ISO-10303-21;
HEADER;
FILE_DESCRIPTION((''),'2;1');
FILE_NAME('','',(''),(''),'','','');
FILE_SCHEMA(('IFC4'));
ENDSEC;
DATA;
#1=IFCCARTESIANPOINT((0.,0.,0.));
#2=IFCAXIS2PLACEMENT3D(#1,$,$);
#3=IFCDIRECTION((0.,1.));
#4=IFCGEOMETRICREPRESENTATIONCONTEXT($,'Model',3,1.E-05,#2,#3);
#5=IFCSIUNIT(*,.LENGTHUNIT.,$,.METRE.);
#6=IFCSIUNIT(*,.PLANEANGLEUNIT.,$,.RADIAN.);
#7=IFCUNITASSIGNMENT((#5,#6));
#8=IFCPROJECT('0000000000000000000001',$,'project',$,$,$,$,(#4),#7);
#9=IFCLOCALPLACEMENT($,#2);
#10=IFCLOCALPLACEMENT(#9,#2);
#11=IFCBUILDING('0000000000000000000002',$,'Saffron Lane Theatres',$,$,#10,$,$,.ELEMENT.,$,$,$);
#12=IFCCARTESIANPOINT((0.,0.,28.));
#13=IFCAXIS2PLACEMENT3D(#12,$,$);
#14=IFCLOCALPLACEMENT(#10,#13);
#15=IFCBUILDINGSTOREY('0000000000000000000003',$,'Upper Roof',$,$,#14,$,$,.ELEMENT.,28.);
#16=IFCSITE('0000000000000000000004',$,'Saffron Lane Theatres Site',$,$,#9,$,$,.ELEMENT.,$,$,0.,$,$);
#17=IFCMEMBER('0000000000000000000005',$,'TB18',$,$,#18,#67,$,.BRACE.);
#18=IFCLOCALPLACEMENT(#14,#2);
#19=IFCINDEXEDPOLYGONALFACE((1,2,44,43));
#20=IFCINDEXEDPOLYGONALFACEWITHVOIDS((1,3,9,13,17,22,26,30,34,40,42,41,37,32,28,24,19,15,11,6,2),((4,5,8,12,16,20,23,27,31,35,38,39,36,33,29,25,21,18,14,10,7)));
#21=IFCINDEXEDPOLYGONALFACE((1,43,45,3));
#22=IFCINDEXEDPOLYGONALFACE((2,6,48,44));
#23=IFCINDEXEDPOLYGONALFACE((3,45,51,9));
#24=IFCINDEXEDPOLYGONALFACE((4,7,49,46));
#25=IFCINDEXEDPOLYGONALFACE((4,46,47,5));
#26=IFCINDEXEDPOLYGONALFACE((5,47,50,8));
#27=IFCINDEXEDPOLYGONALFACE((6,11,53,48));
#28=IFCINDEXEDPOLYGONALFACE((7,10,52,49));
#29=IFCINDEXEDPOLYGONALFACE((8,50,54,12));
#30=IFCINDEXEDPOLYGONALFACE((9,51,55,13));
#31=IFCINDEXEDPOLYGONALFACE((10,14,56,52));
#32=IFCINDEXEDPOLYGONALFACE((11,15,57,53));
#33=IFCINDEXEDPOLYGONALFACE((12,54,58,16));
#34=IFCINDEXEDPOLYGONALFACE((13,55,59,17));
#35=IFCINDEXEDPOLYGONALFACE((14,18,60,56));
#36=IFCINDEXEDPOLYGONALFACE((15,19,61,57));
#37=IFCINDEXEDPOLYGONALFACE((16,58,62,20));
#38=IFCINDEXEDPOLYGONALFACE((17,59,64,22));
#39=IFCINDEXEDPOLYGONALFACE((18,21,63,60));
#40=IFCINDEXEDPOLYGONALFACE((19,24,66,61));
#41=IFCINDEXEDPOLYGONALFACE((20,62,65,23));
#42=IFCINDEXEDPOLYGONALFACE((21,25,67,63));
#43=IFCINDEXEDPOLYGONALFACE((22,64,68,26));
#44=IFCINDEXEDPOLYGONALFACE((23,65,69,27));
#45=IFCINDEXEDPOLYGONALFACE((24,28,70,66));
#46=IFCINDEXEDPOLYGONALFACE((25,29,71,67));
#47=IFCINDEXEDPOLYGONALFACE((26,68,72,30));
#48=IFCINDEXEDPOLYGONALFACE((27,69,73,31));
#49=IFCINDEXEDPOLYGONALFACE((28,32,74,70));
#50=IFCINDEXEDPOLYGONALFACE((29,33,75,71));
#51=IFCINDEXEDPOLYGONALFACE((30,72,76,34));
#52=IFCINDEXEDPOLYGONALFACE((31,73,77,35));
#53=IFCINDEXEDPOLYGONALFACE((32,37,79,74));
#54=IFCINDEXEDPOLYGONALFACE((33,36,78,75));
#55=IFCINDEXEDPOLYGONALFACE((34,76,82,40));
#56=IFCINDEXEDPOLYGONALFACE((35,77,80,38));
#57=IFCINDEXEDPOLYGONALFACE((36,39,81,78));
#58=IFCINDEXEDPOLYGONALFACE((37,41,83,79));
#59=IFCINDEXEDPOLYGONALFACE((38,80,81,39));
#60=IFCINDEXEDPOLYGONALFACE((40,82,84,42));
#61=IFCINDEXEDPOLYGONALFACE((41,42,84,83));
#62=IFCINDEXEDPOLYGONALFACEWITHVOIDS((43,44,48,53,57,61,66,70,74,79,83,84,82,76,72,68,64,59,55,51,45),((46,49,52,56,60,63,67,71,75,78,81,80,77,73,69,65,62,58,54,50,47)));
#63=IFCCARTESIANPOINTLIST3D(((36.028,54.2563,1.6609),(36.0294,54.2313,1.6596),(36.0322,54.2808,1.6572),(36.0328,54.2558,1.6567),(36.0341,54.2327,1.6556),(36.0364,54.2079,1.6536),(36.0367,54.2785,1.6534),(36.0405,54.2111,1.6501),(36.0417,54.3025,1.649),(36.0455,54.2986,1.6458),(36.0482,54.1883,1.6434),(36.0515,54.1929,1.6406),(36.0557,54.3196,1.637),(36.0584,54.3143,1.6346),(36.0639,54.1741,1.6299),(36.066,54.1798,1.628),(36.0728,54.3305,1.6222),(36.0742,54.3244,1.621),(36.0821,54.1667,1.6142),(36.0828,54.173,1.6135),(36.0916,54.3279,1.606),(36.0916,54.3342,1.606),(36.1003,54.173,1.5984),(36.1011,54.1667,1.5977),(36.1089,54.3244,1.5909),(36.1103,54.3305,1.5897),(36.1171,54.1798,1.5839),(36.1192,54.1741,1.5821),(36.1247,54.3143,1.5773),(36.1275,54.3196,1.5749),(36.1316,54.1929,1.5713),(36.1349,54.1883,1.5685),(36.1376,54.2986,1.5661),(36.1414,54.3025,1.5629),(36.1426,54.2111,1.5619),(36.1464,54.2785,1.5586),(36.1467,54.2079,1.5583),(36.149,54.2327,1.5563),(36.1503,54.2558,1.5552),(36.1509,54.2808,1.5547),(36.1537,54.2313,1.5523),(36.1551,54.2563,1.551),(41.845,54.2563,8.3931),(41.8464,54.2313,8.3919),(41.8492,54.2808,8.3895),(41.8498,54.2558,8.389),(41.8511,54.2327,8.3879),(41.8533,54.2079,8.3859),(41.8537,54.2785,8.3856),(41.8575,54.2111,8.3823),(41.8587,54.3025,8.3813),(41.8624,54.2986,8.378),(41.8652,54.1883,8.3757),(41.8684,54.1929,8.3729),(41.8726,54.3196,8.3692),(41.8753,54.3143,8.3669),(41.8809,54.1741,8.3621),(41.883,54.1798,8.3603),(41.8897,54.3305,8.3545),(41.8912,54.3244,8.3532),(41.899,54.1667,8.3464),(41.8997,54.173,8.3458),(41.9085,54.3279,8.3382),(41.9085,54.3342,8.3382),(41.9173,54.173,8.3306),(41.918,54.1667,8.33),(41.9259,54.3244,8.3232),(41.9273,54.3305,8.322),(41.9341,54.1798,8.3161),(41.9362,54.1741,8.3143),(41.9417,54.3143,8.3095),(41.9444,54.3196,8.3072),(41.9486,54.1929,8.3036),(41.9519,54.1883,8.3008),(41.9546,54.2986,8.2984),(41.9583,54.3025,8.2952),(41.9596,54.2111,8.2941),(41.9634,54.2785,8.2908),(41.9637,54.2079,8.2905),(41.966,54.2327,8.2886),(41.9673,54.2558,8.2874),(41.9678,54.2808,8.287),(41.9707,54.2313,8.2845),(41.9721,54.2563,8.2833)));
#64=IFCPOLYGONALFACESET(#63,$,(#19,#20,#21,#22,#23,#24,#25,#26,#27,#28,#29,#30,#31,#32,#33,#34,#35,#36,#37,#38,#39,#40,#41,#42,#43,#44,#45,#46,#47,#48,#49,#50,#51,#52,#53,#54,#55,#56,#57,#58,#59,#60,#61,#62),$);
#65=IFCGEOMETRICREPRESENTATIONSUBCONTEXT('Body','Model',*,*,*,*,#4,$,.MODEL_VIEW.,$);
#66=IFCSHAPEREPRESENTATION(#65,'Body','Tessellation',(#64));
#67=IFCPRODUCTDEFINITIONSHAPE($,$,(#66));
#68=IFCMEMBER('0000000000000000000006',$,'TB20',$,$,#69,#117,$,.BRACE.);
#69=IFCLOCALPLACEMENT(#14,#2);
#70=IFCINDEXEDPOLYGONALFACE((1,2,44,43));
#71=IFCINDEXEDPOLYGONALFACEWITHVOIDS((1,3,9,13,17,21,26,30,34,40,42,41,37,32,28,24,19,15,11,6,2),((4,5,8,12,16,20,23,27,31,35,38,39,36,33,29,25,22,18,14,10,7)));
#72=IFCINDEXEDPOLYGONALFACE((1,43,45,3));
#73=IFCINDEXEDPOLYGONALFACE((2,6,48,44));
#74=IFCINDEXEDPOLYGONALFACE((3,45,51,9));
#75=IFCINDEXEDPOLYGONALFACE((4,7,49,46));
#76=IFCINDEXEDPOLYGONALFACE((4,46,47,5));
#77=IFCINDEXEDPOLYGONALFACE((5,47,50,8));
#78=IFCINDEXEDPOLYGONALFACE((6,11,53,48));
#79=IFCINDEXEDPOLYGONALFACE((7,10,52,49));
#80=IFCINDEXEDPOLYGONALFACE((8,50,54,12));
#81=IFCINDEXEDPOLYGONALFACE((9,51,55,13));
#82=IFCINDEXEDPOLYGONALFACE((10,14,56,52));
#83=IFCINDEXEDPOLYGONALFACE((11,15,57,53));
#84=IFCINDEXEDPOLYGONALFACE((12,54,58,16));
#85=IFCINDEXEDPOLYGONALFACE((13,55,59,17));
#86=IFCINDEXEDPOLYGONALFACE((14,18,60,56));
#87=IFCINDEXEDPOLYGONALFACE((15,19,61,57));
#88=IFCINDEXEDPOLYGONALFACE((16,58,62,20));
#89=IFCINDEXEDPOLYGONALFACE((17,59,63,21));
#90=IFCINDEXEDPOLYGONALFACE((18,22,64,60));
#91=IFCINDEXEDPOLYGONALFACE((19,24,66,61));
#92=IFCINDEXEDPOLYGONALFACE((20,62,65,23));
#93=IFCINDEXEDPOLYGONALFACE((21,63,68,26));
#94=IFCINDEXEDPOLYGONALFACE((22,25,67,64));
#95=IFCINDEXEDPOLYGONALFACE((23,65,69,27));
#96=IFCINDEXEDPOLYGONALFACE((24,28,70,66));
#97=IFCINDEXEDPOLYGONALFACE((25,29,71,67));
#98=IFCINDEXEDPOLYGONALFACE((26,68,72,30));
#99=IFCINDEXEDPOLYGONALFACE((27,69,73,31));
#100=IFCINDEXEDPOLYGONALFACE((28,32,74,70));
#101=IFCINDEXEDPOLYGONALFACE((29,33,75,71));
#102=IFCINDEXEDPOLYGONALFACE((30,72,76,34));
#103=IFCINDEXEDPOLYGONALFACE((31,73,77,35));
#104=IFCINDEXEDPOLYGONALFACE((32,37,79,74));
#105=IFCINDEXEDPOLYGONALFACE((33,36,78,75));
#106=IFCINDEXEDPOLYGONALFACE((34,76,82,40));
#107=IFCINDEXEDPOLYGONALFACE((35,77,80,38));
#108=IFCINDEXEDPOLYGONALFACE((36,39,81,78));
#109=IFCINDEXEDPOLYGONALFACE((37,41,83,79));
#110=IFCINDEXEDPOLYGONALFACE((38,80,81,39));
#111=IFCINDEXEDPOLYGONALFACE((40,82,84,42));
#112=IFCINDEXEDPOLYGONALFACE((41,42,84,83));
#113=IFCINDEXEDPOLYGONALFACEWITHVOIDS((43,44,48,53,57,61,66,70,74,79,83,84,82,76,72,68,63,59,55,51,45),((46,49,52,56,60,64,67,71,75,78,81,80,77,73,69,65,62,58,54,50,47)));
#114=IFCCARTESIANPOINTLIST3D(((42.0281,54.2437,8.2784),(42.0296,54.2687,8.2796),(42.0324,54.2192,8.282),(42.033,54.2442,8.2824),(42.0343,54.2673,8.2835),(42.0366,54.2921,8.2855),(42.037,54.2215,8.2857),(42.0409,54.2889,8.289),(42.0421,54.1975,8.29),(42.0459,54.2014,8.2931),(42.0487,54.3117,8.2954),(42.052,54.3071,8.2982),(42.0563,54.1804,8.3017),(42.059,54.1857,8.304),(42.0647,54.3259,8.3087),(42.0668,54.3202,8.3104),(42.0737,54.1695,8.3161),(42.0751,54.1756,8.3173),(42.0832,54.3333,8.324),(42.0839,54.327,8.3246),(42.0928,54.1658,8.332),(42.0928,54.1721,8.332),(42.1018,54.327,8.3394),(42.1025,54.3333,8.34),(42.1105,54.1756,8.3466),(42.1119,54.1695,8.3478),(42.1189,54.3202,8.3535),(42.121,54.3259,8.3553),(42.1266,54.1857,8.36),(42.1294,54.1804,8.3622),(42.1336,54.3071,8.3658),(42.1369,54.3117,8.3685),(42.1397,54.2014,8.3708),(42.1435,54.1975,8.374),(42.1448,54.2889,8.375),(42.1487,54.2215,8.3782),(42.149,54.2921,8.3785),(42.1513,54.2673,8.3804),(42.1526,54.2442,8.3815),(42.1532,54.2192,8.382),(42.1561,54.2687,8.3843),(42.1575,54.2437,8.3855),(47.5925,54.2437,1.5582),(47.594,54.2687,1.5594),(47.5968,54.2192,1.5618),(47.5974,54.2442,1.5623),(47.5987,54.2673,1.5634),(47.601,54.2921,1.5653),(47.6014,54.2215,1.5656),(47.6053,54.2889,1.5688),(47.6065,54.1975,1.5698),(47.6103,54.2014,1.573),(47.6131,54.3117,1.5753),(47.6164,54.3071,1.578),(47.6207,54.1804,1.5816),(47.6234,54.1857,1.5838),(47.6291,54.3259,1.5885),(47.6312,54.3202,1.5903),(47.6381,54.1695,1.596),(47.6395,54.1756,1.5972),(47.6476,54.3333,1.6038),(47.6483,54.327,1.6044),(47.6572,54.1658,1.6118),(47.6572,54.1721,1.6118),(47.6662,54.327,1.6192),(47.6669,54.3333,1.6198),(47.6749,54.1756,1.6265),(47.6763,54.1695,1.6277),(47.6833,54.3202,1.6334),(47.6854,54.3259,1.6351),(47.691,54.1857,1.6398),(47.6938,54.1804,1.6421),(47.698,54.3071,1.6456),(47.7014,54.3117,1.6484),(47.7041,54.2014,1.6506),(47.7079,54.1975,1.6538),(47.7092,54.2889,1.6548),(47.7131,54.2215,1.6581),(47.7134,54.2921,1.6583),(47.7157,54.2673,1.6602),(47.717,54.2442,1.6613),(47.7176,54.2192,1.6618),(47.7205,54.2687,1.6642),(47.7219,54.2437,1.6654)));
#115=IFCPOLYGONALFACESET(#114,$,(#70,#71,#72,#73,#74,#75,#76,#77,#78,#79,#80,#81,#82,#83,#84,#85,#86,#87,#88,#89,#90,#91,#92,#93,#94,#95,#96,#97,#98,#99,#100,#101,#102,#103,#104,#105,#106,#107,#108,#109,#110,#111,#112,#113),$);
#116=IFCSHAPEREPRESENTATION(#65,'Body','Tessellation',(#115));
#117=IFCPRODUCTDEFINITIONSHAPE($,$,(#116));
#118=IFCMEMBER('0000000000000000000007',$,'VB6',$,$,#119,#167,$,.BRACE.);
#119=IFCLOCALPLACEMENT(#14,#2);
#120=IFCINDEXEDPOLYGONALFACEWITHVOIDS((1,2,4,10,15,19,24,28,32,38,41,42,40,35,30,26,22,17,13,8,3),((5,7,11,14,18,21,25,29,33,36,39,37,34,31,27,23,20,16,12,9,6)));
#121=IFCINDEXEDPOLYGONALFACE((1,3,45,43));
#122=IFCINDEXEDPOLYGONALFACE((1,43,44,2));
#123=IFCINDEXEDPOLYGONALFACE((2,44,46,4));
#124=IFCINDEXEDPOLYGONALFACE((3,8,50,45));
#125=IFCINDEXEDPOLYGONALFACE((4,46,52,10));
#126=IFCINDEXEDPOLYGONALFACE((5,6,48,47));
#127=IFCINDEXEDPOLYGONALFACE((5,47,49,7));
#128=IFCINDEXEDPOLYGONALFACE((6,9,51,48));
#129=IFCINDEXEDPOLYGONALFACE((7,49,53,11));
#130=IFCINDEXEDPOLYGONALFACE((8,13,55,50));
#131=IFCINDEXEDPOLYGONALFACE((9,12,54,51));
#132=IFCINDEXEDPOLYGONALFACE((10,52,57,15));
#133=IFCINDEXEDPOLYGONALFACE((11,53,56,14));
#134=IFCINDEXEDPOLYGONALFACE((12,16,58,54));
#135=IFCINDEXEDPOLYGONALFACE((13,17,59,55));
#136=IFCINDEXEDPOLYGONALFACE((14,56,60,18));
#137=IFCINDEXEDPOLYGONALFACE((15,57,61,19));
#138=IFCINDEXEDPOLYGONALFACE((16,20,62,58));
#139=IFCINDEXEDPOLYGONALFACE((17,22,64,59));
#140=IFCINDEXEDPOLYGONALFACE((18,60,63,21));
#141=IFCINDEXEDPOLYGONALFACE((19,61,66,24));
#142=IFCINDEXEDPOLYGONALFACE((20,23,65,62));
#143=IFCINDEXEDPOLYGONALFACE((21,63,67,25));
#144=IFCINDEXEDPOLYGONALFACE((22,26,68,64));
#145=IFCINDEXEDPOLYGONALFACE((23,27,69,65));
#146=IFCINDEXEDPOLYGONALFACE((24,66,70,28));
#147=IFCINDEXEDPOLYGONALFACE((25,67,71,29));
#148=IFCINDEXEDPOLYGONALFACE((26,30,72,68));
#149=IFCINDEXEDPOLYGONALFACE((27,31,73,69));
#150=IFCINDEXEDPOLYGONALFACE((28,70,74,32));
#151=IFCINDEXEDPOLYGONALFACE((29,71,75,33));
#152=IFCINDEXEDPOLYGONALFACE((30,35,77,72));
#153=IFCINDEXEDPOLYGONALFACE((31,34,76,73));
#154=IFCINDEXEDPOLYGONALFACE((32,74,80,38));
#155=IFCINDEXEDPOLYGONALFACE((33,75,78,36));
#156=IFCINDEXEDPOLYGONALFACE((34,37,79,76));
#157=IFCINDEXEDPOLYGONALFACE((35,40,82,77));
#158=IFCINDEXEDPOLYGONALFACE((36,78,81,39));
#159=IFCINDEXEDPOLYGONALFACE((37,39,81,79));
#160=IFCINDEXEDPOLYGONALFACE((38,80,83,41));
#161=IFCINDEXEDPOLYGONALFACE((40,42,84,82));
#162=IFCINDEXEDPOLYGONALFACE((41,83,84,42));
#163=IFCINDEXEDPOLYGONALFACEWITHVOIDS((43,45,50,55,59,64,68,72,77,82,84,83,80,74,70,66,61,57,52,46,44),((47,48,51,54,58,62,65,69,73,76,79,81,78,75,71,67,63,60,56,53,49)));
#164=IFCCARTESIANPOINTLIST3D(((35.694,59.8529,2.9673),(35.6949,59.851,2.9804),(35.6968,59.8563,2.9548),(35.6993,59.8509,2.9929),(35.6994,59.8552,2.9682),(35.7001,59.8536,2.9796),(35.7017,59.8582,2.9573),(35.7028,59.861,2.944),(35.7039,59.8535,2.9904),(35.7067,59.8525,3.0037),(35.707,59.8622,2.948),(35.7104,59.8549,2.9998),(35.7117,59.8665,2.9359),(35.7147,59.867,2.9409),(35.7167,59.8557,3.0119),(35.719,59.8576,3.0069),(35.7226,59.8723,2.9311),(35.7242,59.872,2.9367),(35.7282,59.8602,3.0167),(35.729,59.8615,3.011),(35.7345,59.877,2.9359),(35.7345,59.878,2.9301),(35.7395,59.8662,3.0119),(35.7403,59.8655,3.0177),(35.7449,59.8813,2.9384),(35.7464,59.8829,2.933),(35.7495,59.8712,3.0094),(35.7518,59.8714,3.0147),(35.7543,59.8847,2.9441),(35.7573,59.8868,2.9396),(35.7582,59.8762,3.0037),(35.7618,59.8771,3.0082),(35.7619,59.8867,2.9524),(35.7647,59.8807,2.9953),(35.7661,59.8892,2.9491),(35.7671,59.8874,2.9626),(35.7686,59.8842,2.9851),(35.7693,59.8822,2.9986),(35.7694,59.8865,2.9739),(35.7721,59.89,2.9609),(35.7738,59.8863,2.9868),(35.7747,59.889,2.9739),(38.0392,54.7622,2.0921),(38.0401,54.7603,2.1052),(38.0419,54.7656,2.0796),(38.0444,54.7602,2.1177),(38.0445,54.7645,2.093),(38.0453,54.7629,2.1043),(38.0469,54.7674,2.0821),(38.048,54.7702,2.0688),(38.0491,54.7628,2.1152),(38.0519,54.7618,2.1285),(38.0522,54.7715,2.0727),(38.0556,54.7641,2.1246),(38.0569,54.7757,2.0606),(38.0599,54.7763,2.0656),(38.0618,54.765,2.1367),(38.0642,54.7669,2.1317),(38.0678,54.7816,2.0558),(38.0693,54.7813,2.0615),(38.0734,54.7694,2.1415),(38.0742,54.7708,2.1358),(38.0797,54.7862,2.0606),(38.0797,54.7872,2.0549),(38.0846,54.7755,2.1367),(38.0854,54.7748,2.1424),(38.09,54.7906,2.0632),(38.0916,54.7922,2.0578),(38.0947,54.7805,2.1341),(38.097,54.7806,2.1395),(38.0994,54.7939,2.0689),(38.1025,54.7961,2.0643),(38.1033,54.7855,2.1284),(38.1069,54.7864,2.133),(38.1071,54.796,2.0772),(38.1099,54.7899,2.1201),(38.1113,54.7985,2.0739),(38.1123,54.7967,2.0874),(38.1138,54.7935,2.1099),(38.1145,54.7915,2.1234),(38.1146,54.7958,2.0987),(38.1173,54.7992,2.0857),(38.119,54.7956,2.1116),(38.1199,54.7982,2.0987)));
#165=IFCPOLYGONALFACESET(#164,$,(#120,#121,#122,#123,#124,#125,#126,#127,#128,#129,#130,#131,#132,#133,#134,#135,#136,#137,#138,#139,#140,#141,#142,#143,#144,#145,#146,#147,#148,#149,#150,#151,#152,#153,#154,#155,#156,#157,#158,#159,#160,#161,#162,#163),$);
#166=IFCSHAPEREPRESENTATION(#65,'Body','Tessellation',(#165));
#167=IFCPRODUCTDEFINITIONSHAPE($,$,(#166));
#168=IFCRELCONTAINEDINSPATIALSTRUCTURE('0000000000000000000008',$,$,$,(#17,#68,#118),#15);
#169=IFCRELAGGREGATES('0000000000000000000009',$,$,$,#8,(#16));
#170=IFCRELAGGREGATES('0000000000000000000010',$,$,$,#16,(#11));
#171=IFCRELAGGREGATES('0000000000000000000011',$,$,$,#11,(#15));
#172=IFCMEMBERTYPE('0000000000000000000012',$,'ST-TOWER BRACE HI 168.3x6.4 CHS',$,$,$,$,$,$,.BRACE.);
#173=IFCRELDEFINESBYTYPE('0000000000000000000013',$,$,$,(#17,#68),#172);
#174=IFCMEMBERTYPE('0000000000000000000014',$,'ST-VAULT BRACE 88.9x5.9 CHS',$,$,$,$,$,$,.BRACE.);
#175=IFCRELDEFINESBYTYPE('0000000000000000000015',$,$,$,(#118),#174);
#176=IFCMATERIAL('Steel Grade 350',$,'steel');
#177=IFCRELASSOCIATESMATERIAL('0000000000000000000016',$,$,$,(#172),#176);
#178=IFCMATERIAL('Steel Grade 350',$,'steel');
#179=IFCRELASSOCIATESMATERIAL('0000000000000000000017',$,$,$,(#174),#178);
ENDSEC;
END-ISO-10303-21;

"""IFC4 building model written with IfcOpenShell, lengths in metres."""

from ifc_helpers import new_model, si_unit, direction, frame, origin, origin_2d, place, context, subcontext, project, spatial, hollow_circle, extrude, material, material_profile, profile_set, type_object, element, save


model = new_model("IFC4")

# Units and contexts
model_context = context("Model", 3, precision=1e-05, world=origin(), true_north=direction((0.0, 1.0)))
body_context = subcontext(model_context, "Body", "Model", "MODEL_VIEW")
ifc_project = project(units=[si_unit("LENGTHUNIT", "METRE"), si_unit("PLANEANGLEUNIT", "RADIAN")], contexts=[model_context])

# Site, building, storey
site_placement = place(None, origin())
site = spatial("IfcSite", under=ifc_project, at=site_placement, Name="Saffron Lane Theatres Site", CompositionType="ELEMENT", RefElevation=0.0)
building_placement = place(site_placement, origin())
building = spatial("IfcBuilding", under=site, at=building_placement, Name="Saffron Lane Theatres", CompositionType="ELEMENT")
storey_placement = place(building_placement, frame((0.0, 0.0, 28.0)))
storey = spatial("IfcBuildingStorey", under=building, at=storey_placement, Name="Upper Roof", CompositionType="ELEMENT", Elevation=28.0)

# Members
ifc_material_1 = material(Name="Steel Grade 350", Category="steel")
ifc_material_profile_1 = material_profile(ifc_material_1, hollow_circle(Radius=0.0842, WallThickness=0.0063, at=origin_2d()))
ifc_profile_set_1 = profile_set([ifc_material_profile_1], Name="Steel Grade 350")
member_type_1 = type_object("IfcMemberType", Name="ST-TOWER BRACE HI 168.3x6.4 CHS", PredefinedType="BRACE", material=ifc_profile_set_1)
for number, where, z_axis, x_axis, name in (
    (1, (36.0916, 54.25, 1.606), (0.653796, 0.0, 0.756671), (0.0, 1.0, 0.0), "TB18"),
):
    element("IfcMember", number, at=place(storey_placement, frame(where, z_axis=z_axis, x_axis=x_axis)), inside=storey, type_object=member_type_1, Name=name, PredefinedType="BRACE", context=body_context, shape_type="SweptSolid", body=[
        extrude(hollow_circle(Radius=0.0842, WallThickness=0.0063, at=origin_2d()), origin(), (0.0, 0.0, 1.0), 8.8972),
    ])
member_1_placement = place(storey_placement, frame((47.6572, 54.25, 1.6118), z_axis=(-0.637765, 0.0, 0.770231), x_axis=(0.0, -1.0, 0.0)))
element("IfcMember", 2, at=member_1_placement, inside=storey, type_object=member_type_1, Name="TB20", PredefinedType="BRACE", context=body_context, shape_type="SweptSolid", body=[
    extrude(hollow_circle(Radius=0.0842, WallThickness=0.0063, at=origin_2d()), origin(), (0.0, 0.0, 1.0), 8.7249),
])
ifc_material_2 = material(Name="Steel Grade 350", Category="steel")
ifc_material_profile_2 = material_profile(ifc_material_2, hollow_circle(Radius=0.0444, WallThickness=0.0059, at=origin_2d()))
ifc_profile_set_2 = profile_set([ifc_material_profile_2], Name="Steel Grade 350")
member_type_2 = type_object("IfcMemberType", Name="ST-VAULT BRACE 88.9x5.9 CHS", PredefinedType="BRACE", material=ifc_profile_set_2)
member_2_placement = place(storey_placement, frame((35.7344, 59.8704, 2.9739), z_axis=(0.413402, -0.897383, -0.154283), x_axis=(0.908257, 0.418412, 0.0)))
element("IfcMember", 3, at=member_2_placement, inside=storey, type_object=member_type_2, Name="VB6", PredefinedType="BRACE", context=body_context, shape_type="SweptSolid", body=[
    extrude(hollow_circle(Radius=0.0444, WallThickness=0.0059, at=origin_2d()), origin(), (0.0, 0.0, 1.0), 5.6729),
])

save(model, "model.ifc")
